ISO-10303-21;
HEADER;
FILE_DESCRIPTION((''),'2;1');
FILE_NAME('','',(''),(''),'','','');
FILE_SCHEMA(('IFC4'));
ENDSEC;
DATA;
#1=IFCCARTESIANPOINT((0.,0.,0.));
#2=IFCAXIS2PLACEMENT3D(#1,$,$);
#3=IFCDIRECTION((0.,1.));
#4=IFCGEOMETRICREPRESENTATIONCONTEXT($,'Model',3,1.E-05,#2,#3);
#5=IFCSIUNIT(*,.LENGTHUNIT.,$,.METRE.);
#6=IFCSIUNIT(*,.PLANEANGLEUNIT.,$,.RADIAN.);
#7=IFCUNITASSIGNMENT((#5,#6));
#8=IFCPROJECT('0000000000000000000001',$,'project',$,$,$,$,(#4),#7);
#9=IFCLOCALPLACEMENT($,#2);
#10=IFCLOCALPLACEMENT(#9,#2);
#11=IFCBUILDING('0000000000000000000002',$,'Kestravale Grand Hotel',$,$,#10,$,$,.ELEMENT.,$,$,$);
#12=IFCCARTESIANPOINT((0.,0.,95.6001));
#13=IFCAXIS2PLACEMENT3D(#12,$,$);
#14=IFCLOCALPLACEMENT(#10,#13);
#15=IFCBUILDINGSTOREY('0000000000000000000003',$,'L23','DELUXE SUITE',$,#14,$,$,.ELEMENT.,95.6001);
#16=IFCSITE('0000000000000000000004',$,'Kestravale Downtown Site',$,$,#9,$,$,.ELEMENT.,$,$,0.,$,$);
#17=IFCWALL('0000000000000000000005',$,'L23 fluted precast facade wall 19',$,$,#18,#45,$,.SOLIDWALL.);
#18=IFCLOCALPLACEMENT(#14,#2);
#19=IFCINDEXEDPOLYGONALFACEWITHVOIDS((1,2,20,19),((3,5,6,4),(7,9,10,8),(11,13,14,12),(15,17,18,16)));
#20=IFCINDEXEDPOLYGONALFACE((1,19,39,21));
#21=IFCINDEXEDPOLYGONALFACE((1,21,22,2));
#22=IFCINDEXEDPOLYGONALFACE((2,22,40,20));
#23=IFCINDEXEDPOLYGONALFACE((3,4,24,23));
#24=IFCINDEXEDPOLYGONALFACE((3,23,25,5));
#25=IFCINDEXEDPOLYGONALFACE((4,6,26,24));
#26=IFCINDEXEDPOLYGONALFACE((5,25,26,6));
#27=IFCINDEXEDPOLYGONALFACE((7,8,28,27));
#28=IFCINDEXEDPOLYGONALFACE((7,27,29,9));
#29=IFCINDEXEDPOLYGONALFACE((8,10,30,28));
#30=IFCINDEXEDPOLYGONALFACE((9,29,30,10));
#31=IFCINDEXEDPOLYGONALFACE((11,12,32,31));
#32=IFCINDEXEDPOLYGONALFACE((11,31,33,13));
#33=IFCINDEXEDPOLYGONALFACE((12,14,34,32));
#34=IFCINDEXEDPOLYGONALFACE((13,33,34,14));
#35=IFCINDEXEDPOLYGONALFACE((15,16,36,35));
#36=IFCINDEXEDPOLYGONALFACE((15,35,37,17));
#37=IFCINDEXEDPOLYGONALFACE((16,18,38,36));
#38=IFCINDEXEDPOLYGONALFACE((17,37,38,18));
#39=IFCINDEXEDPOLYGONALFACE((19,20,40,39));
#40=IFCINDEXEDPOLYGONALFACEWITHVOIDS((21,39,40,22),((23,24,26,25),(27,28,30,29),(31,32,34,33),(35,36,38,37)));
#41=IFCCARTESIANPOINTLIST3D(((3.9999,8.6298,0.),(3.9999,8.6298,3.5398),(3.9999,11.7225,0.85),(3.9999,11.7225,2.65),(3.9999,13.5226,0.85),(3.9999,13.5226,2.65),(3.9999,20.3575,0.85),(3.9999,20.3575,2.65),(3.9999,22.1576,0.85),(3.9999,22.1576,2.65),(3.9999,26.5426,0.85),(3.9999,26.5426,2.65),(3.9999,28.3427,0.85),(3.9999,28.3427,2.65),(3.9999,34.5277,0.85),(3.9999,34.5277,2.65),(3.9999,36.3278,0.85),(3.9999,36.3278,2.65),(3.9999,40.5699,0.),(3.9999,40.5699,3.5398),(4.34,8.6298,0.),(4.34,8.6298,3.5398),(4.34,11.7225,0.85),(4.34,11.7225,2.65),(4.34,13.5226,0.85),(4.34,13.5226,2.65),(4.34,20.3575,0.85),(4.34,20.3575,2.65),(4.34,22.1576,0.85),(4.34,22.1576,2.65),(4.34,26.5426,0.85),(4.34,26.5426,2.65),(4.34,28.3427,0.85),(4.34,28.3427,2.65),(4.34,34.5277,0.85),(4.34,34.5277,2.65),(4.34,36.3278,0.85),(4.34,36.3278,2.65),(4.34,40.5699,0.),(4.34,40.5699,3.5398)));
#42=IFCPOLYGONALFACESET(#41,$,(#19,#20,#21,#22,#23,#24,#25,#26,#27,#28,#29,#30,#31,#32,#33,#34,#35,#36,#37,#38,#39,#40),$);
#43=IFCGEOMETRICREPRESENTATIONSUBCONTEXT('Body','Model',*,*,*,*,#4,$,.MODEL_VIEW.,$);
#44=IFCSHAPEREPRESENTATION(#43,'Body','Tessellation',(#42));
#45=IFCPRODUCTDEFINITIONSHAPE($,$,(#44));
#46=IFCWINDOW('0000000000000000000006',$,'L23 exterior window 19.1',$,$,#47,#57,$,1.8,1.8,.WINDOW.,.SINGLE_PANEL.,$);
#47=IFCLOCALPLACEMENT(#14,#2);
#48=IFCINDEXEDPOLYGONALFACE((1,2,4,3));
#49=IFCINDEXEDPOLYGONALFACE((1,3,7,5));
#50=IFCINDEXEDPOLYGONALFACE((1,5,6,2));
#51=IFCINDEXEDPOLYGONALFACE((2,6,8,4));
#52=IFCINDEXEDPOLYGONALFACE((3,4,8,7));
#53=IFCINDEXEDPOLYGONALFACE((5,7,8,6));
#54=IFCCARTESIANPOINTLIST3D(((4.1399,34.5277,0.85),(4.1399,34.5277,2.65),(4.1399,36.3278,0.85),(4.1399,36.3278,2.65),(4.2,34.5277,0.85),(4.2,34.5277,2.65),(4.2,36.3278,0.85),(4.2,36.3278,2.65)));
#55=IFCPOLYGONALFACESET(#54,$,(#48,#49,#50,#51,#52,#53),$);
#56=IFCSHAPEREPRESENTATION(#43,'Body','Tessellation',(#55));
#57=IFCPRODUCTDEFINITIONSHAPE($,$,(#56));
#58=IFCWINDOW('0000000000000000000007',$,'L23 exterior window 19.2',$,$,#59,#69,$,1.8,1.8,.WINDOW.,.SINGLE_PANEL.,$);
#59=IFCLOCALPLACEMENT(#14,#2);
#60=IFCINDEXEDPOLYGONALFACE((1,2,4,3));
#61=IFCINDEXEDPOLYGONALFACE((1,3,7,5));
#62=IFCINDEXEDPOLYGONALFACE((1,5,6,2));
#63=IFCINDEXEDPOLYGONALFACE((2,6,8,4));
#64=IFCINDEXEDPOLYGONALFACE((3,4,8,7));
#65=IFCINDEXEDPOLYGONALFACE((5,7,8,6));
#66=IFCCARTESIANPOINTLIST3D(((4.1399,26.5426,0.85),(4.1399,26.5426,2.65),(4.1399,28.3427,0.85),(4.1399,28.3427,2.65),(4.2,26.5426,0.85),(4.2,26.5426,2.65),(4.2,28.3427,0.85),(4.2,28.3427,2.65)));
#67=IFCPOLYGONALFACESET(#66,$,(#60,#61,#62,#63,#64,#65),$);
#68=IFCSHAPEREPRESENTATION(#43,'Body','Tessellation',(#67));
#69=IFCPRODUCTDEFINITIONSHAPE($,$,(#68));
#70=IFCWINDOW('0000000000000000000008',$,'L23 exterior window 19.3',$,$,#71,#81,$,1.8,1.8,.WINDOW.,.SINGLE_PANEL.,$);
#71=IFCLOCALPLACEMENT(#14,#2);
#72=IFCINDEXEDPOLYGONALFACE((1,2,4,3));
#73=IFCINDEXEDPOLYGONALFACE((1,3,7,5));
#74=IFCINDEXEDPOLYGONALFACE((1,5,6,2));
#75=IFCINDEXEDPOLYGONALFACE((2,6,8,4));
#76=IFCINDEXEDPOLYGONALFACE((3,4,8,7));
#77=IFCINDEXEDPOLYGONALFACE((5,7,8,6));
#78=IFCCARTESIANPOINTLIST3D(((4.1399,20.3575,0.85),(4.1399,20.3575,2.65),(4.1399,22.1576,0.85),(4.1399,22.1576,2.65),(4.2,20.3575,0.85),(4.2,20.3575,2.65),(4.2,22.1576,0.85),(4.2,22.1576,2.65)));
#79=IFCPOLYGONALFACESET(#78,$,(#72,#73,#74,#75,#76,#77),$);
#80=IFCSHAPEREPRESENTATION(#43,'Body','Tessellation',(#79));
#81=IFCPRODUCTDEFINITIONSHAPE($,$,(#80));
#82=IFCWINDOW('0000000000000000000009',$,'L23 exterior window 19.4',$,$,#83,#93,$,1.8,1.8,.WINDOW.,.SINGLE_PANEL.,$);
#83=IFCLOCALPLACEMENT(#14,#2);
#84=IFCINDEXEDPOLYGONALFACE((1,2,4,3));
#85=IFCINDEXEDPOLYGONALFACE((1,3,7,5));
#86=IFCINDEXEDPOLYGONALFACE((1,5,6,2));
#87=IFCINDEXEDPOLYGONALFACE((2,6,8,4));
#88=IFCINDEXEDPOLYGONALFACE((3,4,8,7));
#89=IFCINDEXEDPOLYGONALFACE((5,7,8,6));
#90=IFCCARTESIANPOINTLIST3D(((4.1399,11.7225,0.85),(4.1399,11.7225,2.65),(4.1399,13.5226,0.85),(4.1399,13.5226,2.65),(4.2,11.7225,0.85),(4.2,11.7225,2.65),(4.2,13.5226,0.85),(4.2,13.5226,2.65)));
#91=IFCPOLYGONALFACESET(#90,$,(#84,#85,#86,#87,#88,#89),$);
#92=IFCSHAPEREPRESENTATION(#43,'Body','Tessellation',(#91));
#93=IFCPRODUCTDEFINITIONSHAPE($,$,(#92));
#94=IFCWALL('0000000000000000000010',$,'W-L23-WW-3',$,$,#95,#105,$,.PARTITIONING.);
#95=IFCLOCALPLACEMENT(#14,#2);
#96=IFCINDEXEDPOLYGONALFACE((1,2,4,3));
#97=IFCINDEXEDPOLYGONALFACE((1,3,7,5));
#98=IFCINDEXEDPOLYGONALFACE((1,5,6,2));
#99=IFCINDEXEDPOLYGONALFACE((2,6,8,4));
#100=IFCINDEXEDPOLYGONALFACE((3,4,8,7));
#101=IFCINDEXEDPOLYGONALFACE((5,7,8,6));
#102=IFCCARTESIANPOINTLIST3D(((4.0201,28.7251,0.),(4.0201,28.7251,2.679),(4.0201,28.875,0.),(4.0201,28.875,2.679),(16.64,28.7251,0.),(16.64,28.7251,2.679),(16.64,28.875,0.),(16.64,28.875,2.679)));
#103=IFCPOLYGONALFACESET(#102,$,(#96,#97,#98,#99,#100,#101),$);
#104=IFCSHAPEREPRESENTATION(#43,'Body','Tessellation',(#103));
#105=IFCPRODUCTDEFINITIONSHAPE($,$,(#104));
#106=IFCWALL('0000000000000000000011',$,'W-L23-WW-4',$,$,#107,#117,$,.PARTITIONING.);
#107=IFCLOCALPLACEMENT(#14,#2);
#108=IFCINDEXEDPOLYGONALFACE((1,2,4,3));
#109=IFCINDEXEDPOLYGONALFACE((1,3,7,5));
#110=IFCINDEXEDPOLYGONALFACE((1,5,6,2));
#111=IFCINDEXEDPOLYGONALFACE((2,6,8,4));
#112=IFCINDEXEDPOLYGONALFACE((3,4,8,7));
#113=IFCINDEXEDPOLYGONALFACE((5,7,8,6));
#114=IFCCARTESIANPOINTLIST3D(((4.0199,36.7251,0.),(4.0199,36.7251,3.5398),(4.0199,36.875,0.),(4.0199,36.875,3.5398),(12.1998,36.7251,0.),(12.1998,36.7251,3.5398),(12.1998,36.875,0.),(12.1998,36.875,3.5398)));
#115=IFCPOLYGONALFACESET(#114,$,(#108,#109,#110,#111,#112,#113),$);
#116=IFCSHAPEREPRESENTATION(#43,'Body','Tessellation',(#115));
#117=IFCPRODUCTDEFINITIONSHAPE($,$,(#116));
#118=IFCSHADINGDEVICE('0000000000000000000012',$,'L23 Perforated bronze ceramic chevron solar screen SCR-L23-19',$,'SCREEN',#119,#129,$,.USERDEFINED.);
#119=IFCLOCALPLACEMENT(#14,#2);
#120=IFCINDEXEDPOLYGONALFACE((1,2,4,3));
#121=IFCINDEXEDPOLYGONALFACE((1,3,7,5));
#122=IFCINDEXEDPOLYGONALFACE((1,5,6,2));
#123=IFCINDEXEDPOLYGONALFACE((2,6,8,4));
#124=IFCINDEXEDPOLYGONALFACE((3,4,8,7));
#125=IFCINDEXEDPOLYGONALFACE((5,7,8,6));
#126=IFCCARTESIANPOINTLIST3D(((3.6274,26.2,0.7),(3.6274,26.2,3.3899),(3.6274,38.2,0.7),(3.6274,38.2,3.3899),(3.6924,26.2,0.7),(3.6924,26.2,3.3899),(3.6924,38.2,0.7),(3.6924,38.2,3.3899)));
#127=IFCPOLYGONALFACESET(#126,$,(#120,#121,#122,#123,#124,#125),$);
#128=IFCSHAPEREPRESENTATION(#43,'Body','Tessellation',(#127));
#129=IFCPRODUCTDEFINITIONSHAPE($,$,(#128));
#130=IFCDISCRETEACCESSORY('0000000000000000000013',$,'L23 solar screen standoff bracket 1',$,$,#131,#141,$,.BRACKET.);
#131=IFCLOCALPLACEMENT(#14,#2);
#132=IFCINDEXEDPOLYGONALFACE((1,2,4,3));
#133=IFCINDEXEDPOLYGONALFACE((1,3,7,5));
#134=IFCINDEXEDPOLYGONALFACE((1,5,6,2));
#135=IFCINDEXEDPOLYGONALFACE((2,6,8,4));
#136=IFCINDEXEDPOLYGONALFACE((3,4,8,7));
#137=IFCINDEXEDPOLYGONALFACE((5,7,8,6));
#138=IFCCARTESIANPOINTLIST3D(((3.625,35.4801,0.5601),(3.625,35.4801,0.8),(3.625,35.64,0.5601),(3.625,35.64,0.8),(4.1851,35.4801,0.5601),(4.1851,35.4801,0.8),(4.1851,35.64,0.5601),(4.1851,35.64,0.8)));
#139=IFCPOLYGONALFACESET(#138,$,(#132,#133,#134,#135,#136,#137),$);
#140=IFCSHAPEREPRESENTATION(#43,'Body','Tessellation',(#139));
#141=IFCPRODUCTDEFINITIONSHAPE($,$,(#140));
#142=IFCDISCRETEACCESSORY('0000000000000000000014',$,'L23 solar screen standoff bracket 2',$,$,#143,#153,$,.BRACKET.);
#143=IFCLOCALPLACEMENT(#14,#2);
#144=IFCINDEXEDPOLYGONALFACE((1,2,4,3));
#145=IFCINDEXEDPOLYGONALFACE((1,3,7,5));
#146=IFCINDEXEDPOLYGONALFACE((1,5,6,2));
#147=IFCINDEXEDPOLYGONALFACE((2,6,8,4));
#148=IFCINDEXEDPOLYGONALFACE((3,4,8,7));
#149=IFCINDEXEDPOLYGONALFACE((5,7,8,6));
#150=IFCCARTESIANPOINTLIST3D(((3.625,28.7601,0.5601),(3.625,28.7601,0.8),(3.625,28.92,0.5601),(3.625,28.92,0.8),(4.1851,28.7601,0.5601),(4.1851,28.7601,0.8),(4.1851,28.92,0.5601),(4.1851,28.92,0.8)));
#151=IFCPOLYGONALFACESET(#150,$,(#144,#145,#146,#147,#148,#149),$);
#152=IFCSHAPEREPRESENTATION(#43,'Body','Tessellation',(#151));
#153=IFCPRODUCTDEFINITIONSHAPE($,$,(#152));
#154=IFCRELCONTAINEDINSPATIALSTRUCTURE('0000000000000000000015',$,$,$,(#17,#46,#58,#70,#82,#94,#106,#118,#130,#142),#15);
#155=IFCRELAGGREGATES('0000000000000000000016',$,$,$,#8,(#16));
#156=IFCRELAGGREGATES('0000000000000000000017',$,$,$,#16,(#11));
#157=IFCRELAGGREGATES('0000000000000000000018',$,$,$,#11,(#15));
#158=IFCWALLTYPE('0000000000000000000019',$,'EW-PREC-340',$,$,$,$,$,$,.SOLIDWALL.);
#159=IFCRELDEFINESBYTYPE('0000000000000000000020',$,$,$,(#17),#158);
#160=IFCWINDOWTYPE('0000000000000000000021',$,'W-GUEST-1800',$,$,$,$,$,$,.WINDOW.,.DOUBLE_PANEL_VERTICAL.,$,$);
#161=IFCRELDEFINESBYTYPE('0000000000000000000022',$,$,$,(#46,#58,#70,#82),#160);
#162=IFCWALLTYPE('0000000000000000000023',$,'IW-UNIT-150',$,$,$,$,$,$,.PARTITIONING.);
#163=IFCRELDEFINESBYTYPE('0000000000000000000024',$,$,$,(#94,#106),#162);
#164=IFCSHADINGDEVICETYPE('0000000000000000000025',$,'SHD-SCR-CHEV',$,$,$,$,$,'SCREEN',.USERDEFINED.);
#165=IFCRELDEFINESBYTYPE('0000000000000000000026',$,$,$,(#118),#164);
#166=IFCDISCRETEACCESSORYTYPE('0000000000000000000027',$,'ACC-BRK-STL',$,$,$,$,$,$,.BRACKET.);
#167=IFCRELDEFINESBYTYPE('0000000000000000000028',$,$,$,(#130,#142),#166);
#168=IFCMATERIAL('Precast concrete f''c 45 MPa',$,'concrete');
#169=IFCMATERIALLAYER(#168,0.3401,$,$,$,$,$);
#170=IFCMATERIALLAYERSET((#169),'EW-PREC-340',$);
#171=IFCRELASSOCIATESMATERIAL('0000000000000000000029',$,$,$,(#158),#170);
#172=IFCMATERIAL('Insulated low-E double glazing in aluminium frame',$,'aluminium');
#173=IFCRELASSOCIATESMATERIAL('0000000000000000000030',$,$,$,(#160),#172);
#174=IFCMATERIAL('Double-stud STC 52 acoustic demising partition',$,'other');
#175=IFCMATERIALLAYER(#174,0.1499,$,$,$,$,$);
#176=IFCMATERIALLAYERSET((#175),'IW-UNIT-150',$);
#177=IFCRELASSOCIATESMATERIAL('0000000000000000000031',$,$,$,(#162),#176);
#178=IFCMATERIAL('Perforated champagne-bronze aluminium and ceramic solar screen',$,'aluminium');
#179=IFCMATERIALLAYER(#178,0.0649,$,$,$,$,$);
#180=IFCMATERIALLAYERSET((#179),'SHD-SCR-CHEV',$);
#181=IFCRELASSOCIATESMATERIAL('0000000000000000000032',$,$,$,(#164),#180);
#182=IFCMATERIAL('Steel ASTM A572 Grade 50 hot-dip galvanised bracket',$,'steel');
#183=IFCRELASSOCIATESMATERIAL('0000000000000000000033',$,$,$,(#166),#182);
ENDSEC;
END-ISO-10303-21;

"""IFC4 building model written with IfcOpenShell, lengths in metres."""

from ifc_helpers import new_model, si_unit, direction, frame, frame_2d, origin, origin_2d, place, context, subcontext, project, spatial, rectangle, extrude, material, layer, layer_set, type_object, element, fill, save


model = new_model("IFC4")

# Units and contexts
model_context = context("Model", 3, precision=1e-05, world=origin(), true_north=direction((0.0, 1.0)))
body_context = subcontext(model_context, "Body", "Model", "MODEL_VIEW")
ifc_project = project(units=[si_unit("LENGTHUNIT", "METRE"), si_unit("PLANEANGLEUNIT", "RADIAN")], contexts=[model_context])

# Site, building, storey
site_placement = place(None, origin())
site = spatial("IfcSite", under=ifc_project, at=site_placement, Name="Kestravale Downtown Site", CompositionType="ELEMENT", RefElevation=0.0)
building_placement = place(site_placement, origin())
building = spatial("IfcBuilding", under=site, at=building_placement, Name="Kestravale Grand Hotel", CompositionType="ELEMENT")
storey_placement = place(building_placement, frame((0.0, 0.0, 95.6001)))
storey = spatial("IfcBuildingStorey", under=building, at=storey_placement, Name="L23", Description="DELUXE SUITE", CompositionType="ELEMENT", Elevation=95.6001)

# Wall, openings, windows
ifc_material_1 = material(Name="Precast concrete f'c 45 MPa", Category="concrete")
ifc_layer_1 = layer(ifc_material_1, 0.3401)
ifc_layer_set_1 = layer_set([ifc_layer_1], Name="EW-PREC-340")
wall_type_1 = type_object("IfcWallType", Name="EW-PREC-340", PredefinedType="SOLIDWALL", material=ifc_layer_set_1)
wall_1_placement = place(storey_placement, frame((4.1699, 40.5701, 0.0), z_axis=(0.0, 0.0, 1.0), x_axis=(0.0, -1.0, 0.0)))
wall_1 = element("IfcWall", 1, at=wall_1_placement, inside=storey, type_object=wall_type_1, Name="L23 fluted precast facade wall 19", PredefinedType="SOLIDWALL", context=body_context, shape_type="SweptSolid", body=[
    extrude(rectangle(XDim=31.9402, YDim=0.3401, at=frame_2d((15.9702, 0.0))), origin(), (0.0, 0.0, 1.0), 3.5398),
])
opening_1_placement = place(wall_1_placement, frame((4.2424, 0.0, 0.8501)))
opening_1 = element("IfcOpeningElement", 2, at=opening_1_placement, cuts=wall_1, PredefinedType="OPENING", context=body_context, shape_type="SweptSolid", body=[
    extrude(rectangle(XDim=1.8, YDim=1.8, at=frame_2d((0.8999, 0.8999))), frame((0.0, 0.1799, 0.0), z_axis=(0.0, -1.0, 0.0), x_axis=(1.0, 0.0, 0.0)), (0.0, 0.0, 1.0), 0.3601),
])
opening_2_placement = place(wall_1_placement, frame((12.2275, 0.0, 0.8501)))
opening_2 = element("IfcOpeningElement", 3, at=opening_2_placement, cuts=wall_1, PredefinedType="OPENING", context=body_context, shape_type="SweptSolid", body=[
    extrude(rectangle(XDim=1.8, YDim=1.8, at=frame_2d((0.8999, 0.8999))), frame((0.0, 0.1799, 0.0), z_axis=(0.0, -1.0, 0.0), x_axis=(1.0, 0.0, 0.0)), (0.0, 0.0, 1.0), 0.3601),
])
opening_3_placement = place(wall_1_placement, frame((18.4126, 0.0, 0.8501)))
opening_3 = element("IfcOpeningElement", 4, at=opening_3_placement, cuts=wall_1, PredefinedType="OPENING", context=body_context, shape_type="SweptSolid", body=[
    extrude(rectangle(XDim=1.8, YDim=1.8, at=frame_2d((0.8999, 0.8999))), frame((0.0, 0.1799, 0.0), z_axis=(0.0, -1.0, 0.0), x_axis=(1.0, 0.0, 0.0)), (0.0, 0.0, 1.0), 0.3601),
])
opening_4_placement = place(wall_1_placement, frame((27.0476, 0.0, 0.8501)))
opening_4 = element("IfcOpeningElement", 5, at=opening_4_placement, cuts=wall_1, PredefinedType="OPENING", context=body_context, shape_type="SweptSolid", body=[
    extrude(rectangle(XDim=1.8, YDim=1.8, at=frame_2d((0.8999, 0.8999))), frame((0.0, 0.1799, 0.0), z_axis=(0.0, -1.0, 0.0), x_axis=(1.0, 0.0, 0.0)), (0.0, 0.0, 1.0), 0.3601),
])
ifc_material_2 = material(Name="Insulated low-E double glazing in aluminium frame", Category="aluminium")
window_type = type_object("IfcWindowType", Name="W-GUEST-1800", PartitioningType="DOUBLE_PANEL_VERTICAL", PredefinedType="WINDOW", material=ifc_material_2)
window_1_placement = place(opening_1_placement, origin())
window_1 = element("IfcWindow", 6, at=window_1_placement, inside=storey, type_object=window_type, Name="L23 exterior window 19.1", OverallHeight=1.8, OverallWidth=1.8, PartitioningType="SINGLE_PANEL", PredefinedType="WINDOW", context=body_context, shape_type="SweptSolid", body=[
    extrude(rectangle(XDim=1.8, YDim=1.8, at=frame_2d((0.8999, 0.8999))), frame((0.0, 0.03, 0.0), z_axis=(0.0, -1.0, 0.0), x_axis=(1.0, 0.0, 0.0)), (0.0, 0.0, 1.0), 0.0601),
])
fill(opening_1, window_1)
window_2_placement = place(opening_2_placement, origin())
window_2 = element("IfcWindow", 7, at=window_2_placement, inside=storey, type_object=window_type, Name="L23 exterior window 19.2", OverallHeight=1.8, OverallWidth=1.8, PartitioningType="SINGLE_PANEL", PredefinedType="WINDOW", context=body_context, shape_type="SweptSolid", body=[
    extrude(rectangle(XDim=1.8, YDim=1.8, at=frame_2d((0.8999, 0.8999))), frame((0.0, 0.03, 0.0), z_axis=(0.0, -1.0, 0.0), x_axis=(1.0, 0.0, 0.0)), (0.0, 0.0, 1.0), 0.0601),
])
fill(opening_2, window_2)
window_3_placement = place(opening_3_placement, origin())
window_3 = element("IfcWindow", 8, at=window_3_placement, inside=storey, type_object=window_type, Name="L23 exterior window 19.3", OverallHeight=1.8, OverallWidth=1.8, PartitioningType="SINGLE_PANEL", PredefinedType="WINDOW", context=body_context, shape_type="SweptSolid", body=[
    extrude(rectangle(XDim=1.8, YDim=1.8, at=frame_2d((0.8999, 0.8999))), frame((0.0, 0.03, 0.0), z_axis=(0.0, -1.0, 0.0), x_axis=(1.0, 0.0, 0.0)), (0.0, 0.0, 1.0), 0.0601),
])
fill(opening_3, window_3)
window_4_placement = place(opening_4_placement, origin())
window_4 = element("IfcWindow", 9, at=window_4_placement, inside=storey, type_object=window_type, Name="L23 exterior window 19.4", OverallHeight=1.8, OverallWidth=1.8, PartitioningType="SINGLE_PANEL", PredefinedType="WINDOW", context=body_context, shape_type="SweptSolid", body=[
    extrude(rectangle(XDim=1.8, YDim=1.8, at=frame_2d((0.8999, 0.8999))), frame((0.0, 0.03, 0.0), z_axis=(0.0, -1.0, 0.0), x_axis=(1.0, 0.0, 0.0)), (0.0, 0.0, 1.0), 0.0601),
])
fill(opening_4, window_4)

# Walls
ifc_material_3 = material(Name="Double-stud STC 52 acoustic demising partition", Category="other")
ifc_layer_2 = layer(ifc_material_3, 0.1499)
ifc_layer_set_2 = layer_set([ifc_layer_2], Name="IW-UNIT-150")
wall_type_2 = type_object("IfcWallType", Name="IW-UNIT-150", PredefinedType="PARTITIONING", material=ifc_layer_set_2)
wall_2_placement = place(storey_placement, frame((4.02, 28.8, 0.0), z_axis=(0.0, 0.0, 1.0), x_axis=(1.0, 0.0, 0.0)))
element("IfcWall", 10, at=wall_2_placement, inside=storey, type_object=wall_type_2, Name="W-L23-WW-3", PredefinedType="PARTITIONING", context=body_context, shape_type="SweptSolid", body=[
    extrude(rectangle(XDim=12.6199, YDim=0.1499, at=frame_2d((6.3101, 0.0))), origin(), (0.0, 0.0, 1.0), 2.679),
])
wall_3_placement = place(storey_placement, frame((4.02, 36.8, 0.0), z_axis=(0.0, 0.0, 1.0), x_axis=(1.0, 0.0, 0.0)))
element("IfcWall", 11, at=wall_3_placement, inside=storey, type_object=wall_type_2, Name="W-L23-WW-4", PredefinedType="PARTITIONING", context=body_context, shape_type="SweptSolid", body=[
    extrude(rectangle(XDim=8.1799, YDim=0.1499, at=frame_2d((4.0898, 0.0))), origin(), (0.0, 0.0, 1.0), 3.5398),
])

# Shading device
ifc_material_4 = material(Name="Perforated champagne-bronze aluminium and ceramic solar screen", Category="aluminium")
ifc_layer_3 = layer(ifc_material_4, 0.0649)
ifc_layer_set_3 = layer_set([ifc_layer_3], Name="SHD-SCR-CHEV")
shading_device_type = type_object("IfcShadingDeviceType", Name="SHD-SCR-CHEV", ElementType="SCREEN", PredefinedType="USERDEFINED", material=ifc_layer_set_3)
shading_device_placement = place(storey_placement, frame((3.6599, 32.2, 0.7), z_axis=(0.0, 0.0, 1.0), x_axis=(0.0, -1.0, 0.0)))
element("IfcShadingDevice", 12, at=shading_device_placement, inside=storey, type_object=shading_device_type, Name="L23 Perforated bronze ceramic chevron solar screen SCR-L23-19", ObjectType="SCREEN", PredefinedType="USERDEFINED", context=body_context, shape_type="SweptSolid", body=[
    extrude(rectangle(XDim=12.0, YDim=0.0649, at=origin_2d()), origin(), (0.0, 0.0, 1.0), 2.6899),
])

# Discrete accessories
ifc_material_5 = material(Name="Steel ASTM A572 Grade 50 hot-dip galvanised bracket", Category="steel")
discrete_accessory_type = type_object("IfcDiscreteAccessoryType", Name="ACC-BRK-STL", PredefinedType="BRACKET", material=ifc_material_5)
for number, where, z_axis, x_axis, name in (
    (13, (3.905, 35.5601, 0.5601), (0.0, 0.0, 1.0), (0.0, -1.0, 0.0), "L23 solar screen standoff bracket 1"),
    (14, (3.905, 28.8401, 0.5601), (0.0, 0.0, 1.0), (0.0, -1.0, 0.0), "L23 solar screen standoff bracket 2"),
):
    element("IfcDiscreteAccessory", number, at=place(storey_placement, frame(where, z_axis=z_axis, x_axis=x_axis)), inside=storey, type_object=discrete_accessory_type, Name=name, PredefinedType="BRACKET", context=body_context, shape_type="SweptSolid", body=[
        extrude(rectangle(XDim=0.1599, YDim=0.5601, at=origin_2d()), origin(), (0.0, 0.0, 1.0), 0.24),
    ])

save(model, "model.ifc")
